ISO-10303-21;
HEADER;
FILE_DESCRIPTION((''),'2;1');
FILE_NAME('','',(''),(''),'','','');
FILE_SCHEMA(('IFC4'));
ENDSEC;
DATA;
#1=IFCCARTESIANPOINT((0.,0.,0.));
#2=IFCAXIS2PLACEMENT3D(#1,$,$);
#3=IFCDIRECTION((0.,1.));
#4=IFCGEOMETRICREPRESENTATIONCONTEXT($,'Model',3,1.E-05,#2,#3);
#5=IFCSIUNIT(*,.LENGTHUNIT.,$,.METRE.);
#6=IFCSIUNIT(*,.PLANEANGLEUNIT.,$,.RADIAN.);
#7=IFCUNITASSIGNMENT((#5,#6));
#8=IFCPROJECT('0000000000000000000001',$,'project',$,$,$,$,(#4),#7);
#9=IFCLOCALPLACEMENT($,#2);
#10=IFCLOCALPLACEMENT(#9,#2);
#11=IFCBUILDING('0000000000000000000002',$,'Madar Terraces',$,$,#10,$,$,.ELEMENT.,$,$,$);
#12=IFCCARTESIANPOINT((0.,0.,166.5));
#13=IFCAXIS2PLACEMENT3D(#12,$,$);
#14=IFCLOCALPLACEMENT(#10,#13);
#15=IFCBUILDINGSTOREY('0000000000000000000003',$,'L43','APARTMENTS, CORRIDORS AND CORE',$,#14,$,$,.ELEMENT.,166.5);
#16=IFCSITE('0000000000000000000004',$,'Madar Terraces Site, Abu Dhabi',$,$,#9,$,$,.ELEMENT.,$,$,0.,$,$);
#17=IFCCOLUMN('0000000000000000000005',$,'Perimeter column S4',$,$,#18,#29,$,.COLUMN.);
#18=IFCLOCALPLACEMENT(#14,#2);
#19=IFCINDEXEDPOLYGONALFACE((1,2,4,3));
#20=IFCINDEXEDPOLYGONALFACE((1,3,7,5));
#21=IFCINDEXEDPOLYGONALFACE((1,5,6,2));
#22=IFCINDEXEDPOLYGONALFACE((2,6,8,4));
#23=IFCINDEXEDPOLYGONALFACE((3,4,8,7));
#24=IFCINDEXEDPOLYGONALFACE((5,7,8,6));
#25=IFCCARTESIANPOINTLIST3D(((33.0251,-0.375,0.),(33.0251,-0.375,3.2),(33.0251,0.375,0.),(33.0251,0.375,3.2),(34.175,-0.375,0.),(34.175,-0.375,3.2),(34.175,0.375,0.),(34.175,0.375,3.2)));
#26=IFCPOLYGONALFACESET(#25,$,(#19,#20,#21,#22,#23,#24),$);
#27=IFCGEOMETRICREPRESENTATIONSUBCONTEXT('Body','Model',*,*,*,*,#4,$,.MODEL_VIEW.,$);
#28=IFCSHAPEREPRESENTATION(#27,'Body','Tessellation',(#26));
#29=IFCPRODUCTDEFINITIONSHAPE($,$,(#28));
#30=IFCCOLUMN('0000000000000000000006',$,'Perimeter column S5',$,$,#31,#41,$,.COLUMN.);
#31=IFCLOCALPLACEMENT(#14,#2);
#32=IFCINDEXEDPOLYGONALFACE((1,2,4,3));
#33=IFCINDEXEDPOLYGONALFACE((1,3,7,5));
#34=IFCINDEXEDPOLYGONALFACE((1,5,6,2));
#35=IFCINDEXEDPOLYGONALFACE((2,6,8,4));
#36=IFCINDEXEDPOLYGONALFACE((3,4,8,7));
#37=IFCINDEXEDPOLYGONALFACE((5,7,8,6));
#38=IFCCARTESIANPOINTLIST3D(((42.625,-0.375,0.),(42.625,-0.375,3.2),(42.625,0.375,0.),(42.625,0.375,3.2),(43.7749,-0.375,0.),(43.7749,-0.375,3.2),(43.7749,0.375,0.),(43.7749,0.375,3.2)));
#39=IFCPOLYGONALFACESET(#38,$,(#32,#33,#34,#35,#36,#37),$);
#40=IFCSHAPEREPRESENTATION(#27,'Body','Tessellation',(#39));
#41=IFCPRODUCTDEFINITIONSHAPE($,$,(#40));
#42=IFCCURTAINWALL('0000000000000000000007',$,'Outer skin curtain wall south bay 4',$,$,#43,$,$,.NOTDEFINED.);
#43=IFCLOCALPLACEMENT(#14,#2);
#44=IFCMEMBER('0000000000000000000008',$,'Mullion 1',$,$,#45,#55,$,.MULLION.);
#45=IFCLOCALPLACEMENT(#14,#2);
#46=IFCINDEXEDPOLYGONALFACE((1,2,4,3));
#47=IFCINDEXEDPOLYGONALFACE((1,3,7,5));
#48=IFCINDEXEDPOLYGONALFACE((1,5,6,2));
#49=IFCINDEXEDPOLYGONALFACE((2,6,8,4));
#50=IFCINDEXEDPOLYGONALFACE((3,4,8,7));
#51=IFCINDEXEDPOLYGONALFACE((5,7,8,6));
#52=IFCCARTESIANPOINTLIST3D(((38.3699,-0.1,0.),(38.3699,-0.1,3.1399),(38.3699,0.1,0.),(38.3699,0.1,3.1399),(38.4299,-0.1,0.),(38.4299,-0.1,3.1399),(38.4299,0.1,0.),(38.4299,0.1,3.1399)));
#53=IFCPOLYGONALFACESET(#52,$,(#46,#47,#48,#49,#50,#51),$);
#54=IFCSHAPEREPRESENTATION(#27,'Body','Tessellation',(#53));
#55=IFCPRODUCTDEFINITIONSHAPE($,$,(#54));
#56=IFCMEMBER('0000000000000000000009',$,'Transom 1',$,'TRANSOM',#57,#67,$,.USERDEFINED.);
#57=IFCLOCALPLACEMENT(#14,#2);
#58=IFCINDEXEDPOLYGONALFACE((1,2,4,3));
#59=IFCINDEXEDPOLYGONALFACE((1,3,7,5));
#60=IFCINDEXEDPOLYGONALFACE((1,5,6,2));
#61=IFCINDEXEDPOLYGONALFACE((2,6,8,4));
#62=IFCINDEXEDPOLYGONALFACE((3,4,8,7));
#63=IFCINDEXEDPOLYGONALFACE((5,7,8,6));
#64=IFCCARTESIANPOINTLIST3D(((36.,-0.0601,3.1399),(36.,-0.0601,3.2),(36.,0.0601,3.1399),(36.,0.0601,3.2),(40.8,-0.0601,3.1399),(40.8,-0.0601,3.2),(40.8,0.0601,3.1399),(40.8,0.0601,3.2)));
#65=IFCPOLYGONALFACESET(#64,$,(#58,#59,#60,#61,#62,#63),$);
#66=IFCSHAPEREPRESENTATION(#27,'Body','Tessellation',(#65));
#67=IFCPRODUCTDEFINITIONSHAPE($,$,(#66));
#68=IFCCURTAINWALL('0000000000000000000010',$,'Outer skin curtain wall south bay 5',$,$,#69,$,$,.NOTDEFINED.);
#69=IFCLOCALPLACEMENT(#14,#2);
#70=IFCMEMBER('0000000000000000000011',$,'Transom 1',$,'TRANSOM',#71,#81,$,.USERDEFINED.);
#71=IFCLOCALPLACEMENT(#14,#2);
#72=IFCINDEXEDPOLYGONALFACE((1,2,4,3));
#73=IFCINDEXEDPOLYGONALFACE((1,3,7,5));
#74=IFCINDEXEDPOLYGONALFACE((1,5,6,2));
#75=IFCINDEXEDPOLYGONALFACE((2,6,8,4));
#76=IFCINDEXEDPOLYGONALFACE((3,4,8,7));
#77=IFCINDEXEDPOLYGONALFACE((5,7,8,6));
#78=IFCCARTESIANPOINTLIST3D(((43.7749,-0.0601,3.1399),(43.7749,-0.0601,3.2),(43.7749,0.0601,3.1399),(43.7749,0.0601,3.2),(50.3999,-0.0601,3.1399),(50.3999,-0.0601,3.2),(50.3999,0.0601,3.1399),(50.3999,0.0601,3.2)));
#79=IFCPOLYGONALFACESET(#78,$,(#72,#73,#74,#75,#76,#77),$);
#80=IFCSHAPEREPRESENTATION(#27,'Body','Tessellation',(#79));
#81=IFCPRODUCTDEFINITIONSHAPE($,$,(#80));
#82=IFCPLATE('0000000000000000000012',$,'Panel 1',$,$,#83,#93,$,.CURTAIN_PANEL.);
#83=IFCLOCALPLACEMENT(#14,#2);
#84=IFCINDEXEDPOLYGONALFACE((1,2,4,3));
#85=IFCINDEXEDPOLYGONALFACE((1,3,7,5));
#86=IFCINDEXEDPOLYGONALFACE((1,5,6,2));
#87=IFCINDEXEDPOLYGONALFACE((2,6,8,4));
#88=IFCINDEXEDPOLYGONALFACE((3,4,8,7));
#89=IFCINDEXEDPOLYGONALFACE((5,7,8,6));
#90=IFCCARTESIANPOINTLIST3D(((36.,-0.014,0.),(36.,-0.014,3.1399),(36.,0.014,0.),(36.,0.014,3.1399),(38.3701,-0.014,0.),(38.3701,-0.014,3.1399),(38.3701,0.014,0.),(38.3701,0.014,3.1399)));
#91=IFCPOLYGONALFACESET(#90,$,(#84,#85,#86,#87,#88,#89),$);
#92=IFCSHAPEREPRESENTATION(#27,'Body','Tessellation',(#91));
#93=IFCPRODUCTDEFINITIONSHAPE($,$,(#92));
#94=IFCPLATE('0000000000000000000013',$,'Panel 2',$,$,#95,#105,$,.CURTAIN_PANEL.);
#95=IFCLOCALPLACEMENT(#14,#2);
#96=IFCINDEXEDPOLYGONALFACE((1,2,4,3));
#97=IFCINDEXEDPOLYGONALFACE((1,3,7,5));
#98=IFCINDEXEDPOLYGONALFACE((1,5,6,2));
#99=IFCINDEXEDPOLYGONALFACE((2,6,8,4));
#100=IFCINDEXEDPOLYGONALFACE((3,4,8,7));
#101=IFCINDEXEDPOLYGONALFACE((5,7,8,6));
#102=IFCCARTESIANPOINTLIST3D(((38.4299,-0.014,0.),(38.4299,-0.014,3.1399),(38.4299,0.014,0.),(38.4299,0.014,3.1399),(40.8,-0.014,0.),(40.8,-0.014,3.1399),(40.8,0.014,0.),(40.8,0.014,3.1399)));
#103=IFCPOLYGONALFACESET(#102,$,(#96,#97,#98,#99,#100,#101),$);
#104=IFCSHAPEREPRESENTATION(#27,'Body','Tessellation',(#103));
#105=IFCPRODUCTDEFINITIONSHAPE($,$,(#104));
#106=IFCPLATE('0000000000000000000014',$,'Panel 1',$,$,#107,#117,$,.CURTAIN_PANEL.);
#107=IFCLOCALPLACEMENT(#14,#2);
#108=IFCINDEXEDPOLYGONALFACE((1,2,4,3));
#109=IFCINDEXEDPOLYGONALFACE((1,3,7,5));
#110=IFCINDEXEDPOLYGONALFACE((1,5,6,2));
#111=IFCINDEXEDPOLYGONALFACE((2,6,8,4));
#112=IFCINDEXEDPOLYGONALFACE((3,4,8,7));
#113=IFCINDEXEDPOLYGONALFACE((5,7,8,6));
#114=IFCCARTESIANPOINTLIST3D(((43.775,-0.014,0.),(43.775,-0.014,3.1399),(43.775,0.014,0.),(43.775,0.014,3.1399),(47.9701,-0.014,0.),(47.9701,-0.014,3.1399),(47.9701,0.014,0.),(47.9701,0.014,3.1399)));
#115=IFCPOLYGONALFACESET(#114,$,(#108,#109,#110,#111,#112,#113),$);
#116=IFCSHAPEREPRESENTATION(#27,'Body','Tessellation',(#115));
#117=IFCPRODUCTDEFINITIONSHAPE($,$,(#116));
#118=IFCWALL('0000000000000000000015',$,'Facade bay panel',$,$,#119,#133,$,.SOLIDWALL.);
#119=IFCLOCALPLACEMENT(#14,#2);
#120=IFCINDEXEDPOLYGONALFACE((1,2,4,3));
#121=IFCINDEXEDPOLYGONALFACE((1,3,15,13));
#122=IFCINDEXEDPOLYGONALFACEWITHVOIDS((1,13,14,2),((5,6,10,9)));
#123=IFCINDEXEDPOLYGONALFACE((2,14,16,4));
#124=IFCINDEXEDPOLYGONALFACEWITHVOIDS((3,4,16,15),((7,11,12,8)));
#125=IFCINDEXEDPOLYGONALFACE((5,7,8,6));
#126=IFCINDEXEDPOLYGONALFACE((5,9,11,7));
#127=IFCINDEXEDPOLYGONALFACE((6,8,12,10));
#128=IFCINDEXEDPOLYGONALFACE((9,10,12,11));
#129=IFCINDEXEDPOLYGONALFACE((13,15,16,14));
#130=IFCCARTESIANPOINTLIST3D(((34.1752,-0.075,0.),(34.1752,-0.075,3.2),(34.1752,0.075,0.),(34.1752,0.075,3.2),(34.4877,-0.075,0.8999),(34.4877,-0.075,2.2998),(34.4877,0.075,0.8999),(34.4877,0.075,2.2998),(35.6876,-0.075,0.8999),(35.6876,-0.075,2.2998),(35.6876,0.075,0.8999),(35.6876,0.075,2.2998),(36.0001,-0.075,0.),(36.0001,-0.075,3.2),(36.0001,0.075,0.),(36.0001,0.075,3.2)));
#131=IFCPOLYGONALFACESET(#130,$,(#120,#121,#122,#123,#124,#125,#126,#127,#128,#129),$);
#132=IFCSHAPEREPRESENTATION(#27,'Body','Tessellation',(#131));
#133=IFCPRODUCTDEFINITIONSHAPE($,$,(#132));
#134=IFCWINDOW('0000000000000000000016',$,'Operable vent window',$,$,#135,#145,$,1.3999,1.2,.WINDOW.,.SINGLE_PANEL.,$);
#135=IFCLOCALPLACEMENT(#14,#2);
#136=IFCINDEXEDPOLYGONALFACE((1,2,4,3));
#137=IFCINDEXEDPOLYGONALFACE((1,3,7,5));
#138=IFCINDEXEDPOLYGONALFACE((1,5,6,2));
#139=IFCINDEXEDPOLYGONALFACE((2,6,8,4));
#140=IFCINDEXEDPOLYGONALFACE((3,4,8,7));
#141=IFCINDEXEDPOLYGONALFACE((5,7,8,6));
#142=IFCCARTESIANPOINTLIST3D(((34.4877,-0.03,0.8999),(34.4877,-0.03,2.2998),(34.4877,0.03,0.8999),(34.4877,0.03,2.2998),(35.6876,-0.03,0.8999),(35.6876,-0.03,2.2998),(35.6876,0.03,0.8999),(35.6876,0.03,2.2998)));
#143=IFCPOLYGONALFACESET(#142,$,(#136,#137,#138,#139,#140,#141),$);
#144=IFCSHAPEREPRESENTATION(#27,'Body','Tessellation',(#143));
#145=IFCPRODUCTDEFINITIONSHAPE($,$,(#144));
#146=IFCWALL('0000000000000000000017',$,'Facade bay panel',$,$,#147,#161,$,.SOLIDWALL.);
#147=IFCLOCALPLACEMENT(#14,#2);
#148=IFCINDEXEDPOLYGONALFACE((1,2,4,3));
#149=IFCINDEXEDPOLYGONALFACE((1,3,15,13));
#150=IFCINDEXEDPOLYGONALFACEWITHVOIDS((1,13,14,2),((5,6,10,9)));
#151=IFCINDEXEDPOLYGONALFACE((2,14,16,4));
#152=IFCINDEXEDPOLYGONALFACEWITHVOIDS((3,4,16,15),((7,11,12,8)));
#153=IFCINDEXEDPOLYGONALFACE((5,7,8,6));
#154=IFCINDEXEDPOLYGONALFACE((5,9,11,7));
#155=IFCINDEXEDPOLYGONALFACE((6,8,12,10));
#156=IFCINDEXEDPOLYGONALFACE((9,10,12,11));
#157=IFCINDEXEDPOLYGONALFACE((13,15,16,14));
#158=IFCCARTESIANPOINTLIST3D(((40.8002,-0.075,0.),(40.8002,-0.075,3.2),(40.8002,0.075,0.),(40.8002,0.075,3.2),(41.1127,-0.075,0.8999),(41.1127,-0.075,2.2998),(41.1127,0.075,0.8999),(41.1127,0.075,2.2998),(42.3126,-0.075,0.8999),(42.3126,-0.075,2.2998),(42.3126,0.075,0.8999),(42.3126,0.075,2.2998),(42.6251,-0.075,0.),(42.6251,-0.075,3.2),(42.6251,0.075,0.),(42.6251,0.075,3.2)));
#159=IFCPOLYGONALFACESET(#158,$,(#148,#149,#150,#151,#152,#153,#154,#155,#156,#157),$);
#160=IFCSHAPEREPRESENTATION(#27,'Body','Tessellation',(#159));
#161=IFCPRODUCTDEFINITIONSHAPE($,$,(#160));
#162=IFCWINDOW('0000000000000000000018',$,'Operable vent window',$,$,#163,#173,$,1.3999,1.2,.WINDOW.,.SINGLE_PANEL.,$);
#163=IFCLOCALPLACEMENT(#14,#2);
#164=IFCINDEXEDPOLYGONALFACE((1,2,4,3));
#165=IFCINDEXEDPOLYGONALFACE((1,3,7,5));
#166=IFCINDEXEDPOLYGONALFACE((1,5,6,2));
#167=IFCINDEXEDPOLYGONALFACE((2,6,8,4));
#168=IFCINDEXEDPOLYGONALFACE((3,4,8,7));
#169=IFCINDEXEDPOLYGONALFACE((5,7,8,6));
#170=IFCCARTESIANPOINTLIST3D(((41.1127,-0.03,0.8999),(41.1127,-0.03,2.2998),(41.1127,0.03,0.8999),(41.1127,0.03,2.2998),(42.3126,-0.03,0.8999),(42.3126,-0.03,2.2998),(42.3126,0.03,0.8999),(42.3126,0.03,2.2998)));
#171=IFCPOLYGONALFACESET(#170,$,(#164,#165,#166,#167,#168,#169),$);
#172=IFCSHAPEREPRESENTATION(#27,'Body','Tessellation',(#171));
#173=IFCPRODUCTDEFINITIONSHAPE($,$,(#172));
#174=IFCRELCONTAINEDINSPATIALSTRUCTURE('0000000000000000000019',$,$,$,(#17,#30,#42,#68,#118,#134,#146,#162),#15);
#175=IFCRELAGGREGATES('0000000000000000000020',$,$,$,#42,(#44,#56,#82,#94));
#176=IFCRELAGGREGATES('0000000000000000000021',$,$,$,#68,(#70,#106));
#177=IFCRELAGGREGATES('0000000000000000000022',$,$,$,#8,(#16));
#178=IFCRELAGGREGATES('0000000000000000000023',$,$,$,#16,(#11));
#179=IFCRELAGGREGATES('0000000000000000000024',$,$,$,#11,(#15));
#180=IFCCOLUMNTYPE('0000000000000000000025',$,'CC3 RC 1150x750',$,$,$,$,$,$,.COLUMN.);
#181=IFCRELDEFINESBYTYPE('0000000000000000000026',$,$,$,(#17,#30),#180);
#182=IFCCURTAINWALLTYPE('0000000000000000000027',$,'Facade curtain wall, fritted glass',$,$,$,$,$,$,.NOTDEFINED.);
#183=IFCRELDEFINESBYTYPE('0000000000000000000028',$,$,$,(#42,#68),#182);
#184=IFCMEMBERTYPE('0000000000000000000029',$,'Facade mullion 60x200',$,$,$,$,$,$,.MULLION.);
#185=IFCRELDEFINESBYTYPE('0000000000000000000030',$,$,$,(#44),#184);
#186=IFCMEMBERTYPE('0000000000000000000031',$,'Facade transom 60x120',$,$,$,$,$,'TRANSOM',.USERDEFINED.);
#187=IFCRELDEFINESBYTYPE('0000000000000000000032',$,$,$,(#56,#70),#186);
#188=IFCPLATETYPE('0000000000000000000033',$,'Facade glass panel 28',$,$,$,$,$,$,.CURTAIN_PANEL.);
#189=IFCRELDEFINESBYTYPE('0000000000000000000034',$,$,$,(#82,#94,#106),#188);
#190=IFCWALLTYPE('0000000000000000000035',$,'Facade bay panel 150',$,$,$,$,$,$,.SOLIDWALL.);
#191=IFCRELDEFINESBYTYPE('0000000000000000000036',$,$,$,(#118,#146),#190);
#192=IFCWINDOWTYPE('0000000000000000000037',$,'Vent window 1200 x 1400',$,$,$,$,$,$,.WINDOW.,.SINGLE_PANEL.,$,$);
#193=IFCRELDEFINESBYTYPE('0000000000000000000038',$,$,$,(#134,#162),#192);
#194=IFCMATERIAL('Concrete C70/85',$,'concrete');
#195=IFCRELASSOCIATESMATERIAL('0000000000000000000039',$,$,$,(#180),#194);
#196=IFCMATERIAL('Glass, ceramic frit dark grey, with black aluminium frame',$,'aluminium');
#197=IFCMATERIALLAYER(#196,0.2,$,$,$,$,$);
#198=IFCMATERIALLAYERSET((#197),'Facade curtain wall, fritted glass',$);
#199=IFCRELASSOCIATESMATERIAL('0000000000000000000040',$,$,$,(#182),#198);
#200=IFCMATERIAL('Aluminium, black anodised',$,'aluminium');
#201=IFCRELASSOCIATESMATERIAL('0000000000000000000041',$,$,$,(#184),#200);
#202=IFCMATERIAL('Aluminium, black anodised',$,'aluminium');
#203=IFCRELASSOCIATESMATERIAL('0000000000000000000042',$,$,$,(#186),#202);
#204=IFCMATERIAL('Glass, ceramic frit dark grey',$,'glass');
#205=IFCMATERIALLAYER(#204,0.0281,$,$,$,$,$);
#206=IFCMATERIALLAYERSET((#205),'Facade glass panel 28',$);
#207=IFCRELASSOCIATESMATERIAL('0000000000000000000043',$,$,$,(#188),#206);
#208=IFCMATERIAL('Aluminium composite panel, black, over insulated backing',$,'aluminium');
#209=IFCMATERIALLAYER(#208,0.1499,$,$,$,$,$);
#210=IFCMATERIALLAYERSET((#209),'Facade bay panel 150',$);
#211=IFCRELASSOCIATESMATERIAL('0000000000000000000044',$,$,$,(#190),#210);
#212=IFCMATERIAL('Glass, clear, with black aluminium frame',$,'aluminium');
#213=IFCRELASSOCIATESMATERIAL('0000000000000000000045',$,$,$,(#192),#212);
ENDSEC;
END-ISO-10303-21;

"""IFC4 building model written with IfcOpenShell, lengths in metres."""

from ifc_helpers import new_model, si_unit, direction, frame, frame_2d, origin, origin_2d, place, context, subcontext, project, spatial, rectangle, extrude, material, layer, layer_set, material_profile, profile_set, type_object, element, fill, aggregate, save


model = new_model("IFC4")

# Units and contexts
model_context = context("Model", 3, precision=1e-05, world=origin(), true_north=direction((0.0, 1.0)))
body_context = subcontext(model_context, "Body", "Model", "MODEL_VIEW")
ifc_project = project(units=[si_unit("LENGTHUNIT", "METRE"), si_unit("PLANEANGLEUNIT", "RADIAN")], contexts=[model_context])

# Site, building, storey
site_placement = place(None, origin())
site = spatial("IfcSite", under=ifc_project, at=site_placement, Name="Madar Terraces Site, Abu Dhabi", CompositionType="ELEMENT", RefElevation=0.0)
building_placement = place(site_placement, origin())
building = spatial("IfcBuilding", under=site, at=building_placement, Name="Madar Terraces", CompositionType="ELEMENT")
storey_placement = place(building_placement, frame((0.0, 0.0, 166.5)))
storey = spatial("IfcBuildingStorey", under=building, at=storey_placement, Name="L43", Description="APARTMENTS, CORRIDORS AND CORE", CompositionType="ELEMENT", Elevation=166.5)

# Columns
ifc_material_1 = material(Name="Concrete C70/85", Category="concrete")
ifc_material_profile_1 = material_profile(ifc_material_1, rectangle(XDim=1.1499, YDim=0.75, at=origin_2d()), Name="CC3 RC 1150x750")
ifc_profile_set_1 = profile_set([ifc_material_profile_1], Name="Concrete C70/85")
column_type = type_object("IfcColumnType", Name="CC3 RC 1150x750", PredefinedType="COLUMN", material=ifc_profile_set_1)
for number, where, z_axis, x_axis, name in (
    (1, (33.6001, 0.0, 0.0), (0.0, 0.0, 1.0), (1.0, 0.0, 0.0), "Perimeter column S4"),
    (2, (43.2, 0.0, 0.0), (0.0, 0.0, 1.0), (1.0, 0.0, 0.0), "Perimeter column S5"),
):
    element("IfcColumn", number, at=place(storey_placement, frame(where, z_axis=z_axis, x_axis=x_axis)), inside=storey, type_object=column_type, Name=name, PredefinedType="COLUMN", context=body_context, shape_type="SweptSolid", body=[
        extrude(rectangle(XDim=1.1499, YDim=0.75, at=origin_2d()), origin(), (0.0, 0.0, 1.0), 3.2),
    ])

# Curtain wall, members
ifc_material_2 = material(Name="Glass, ceramic frit dark grey, with black aluminium frame", Category="aluminium")
ifc_layer_1 = layer(ifc_material_2, 0.2)
ifc_layer_set_1 = layer_set([ifc_layer_1], Name="Facade curtain wall, fritted glass")
curtain_wall_type = type_object("IfcCurtainWallType", Name="Facade curtain wall, fritted glass", PredefinedType="NOTDEFINED", material=ifc_layer_set_1)
curtain_wall_1_placement = place(storey_placement, origin())
curtain_wall_1 = element("IfcCurtainWall", 3, at=curtain_wall_1_placement, inside=storey, type_object=curtain_wall_type, Name="Outer skin curtain wall south bay 4", PredefinedType="NOTDEFINED")
ifc_material_3 = material(Name="Aluminium, black anodised", Category="aluminium")
ifc_material_profile_2 = material_profile(ifc_material_3, rectangle(XDim=0.2, YDim=0.0601, at=origin_2d()), Name="Facade mullion 60x200")
ifc_profile_set_2 = profile_set([ifc_material_profile_2], Name="Aluminium, black anodised")
member_type_1 = type_object("IfcMemberType", Name="Facade mullion 60x200", PredefinedType="MULLION", material=ifc_profile_set_2)
member_1_placement = place(storey_placement, frame((38.3999, 0.0, 0.0), z_axis=(0.0, 0.0, 1.0), x_axis=(0.0, 1.0, 0.0)))
member_1 = element("IfcMember", 4, at=member_1_placement, type_object=member_type_1, Name="Mullion 1", PredefinedType="MULLION", context=body_context, shape_type="SweptSolid", body=[
    extrude(rectangle(XDim=0.2, YDim=0.0601, at=origin_2d()), origin(), (0.0, 0.0, 1.0), 3.1399),
])
ifc_material_4 = material(Name="Aluminium, black anodised", Category="aluminium")
ifc_material_profile_3 = material_profile(ifc_material_4, rectangle(XDim=0.1201, YDim=0.0601, at=origin_2d()), Name="Facade transom 60x120")
ifc_profile_set_3 = profile_set([ifc_material_profile_3], Name="Aluminium, black anodised")
member_type_2 = type_object("IfcMemberType", Name="Facade transom 60x120", ElementType="TRANSOM", PredefinedType="USERDEFINED", material=ifc_profile_set_3)
member_2_placement = place(storey_placement, frame((36.0, 0.0, 3.1699), z_axis=(1.0, 0.0, 0.0), x_axis=(0.0, 1.0, 0.0)))
member_2 = element("IfcMember", 5, at=member_2_placement, type_object=member_type_2, Name="Transom 1", ObjectType="TRANSOM", PredefinedType="USERDEFINED", context=body_context, shape_type="SweptSolid", body=[
    extrude(rectangle(XDim=0.1201, YDim=0.0601, at=origin_2d()), origin(), (0.0, 0.0, 1.0), 4.8),
])

# Curtain wall, member
curtain_wall_2_placement = place(storey_placement, origin())
curtain_wall_2 = element("IfcCurtainWall", 6, at=curtain_wall_2_placement, inside=storey, type_object=curtain_wall_type, Name="Outer skin curtain wall south bay 5", PredefinedType="NOTDEFINED")
member_3_placement = place(storey_placement, frame((43.7749, 0.0, 3.1699), z_axis=(1.0, 0.0, 0.0), x_axis=(0.0, 1.0, 0.0)))
member_3 = element("IfcMember", 7, at=member_3_placement, type_object=member_type_2, Name="Transom 1", ObjectType="TRANSOM", PredefinedType="USERDEFINED", context=body_context, shape_type="SweptSolid", body=[
    extrude(rectangle(XDim=0.1201, YDim=0.0601, at=origin_2d()), origin(), (0.0, 0.0, 1.0), 6.625),
])

# Plates
ifc_material_5 = material(Name="Glass, ceramic frit dark grey", Category="glass")
ifc_layer_2 = layer(ifc_material_5, 0.0281)
ifc_layer_set_2 = layer_set([ifc_layer_2], Name="Facade glass panel 28")
plate_type = type_object("IfcPlateType", Name="Facade glass panel 28", PredefinedType="CURTAIN_PANEL", material=ifc_layer_set_2)
plate_1_placement = place(storey_placement, frame((37.1851, 0.0, 0.0), z_axis=(0.0, 0.0, 1.0), x_axis=(1.0, 0.0, 0.0)))
plate_1 = element("IfcPlate", 8, at=plate_1_placement, type_object=plate_type, Name="Panel 1", PredefinedType="CURTAIN_PANEL", context=body_context, shape_type="SweptSolid", body=[
    extrude(rectangle(XDim=2.3701, YDim=0.0281, at=origin_2d()), origin(), (0.0, 0.0, 1.0), 3.1399),
])
plate_2_placement = place(storey_placement, frame((39.615, 0.0, 0.0), z_axis=(0.0, 0.0, 1.0), x_axis=(1.0, 0.0, 0.0)))
plate_2 = element("IfcPlate", 9, at=plate_2_placement, type_object=plate_type, Name="Panel 2", PredefinedType="CURTAIN_PANEL", context=body_context, shape_type="SweptSolid", body=[
    extrude(rectangle(XDim=2.3701, YDim=0.0281, at=origin_2d()), origin(), (0.0, 0.0, 1.0), 3.1399),
])
aggregate(curtain_wall_1, [member_1, member_2, plate_1, plate_2])
plate_3_placement = place(storey_placement, frame((45.8726, 0.0, 0.0), z_axis=(0.0, 0.0, 1.0), x_axis=(1.0, 0.0, 0.0)))
plate_3 = element("IfcPlate", 10, at=plate_3_placement, type_object=plate_type, Name="Panel 1", PredefinedType="CURTAIN_PANEL", context=body_context, shape_type="SweptSolid", body=[
    extrude(rectangle(XDim=4.1951, YDim=0.0281, at=origin_2d()), origin(), (0.0, 0.0, 1.0), 3.1399),
])
aggregate(curtain_wall_2, [member_3, plate_3])

# Walls, openings, windows
ifc_material_6 = material(Name="Aluminium composite panel, black, over insulated backing", Category="aluminium")
ifc_layer_3 = layer(ifc_material_6, 0.1499)
ifc_layer_set_3 = layer_set([ifc_layer_3], Name="Facade bay panel 150")
wall_type_1 = type_object("IfcWallType", Name="Facade bay panel 150", PredefinedType="SOLIDWALL", material=ifc_layer_set_3)
wall_1_placement = place(storey_placement, frame((34.175, 0.0, 0.0), z_axis=(0.0, 0.0, 1.0), x_axis=(1.0, 0.0, 0.0)))
wall_1 = element("IfcWall", 11, at=wall_1_placement, inside=storey, type_object=wall_type_1, Name="Facade bay panel", PredefinedType="SOLIDWALL", context=body_context, shape_type="SweptSolid", body=[
    extrude(rectangle(XDim=1.825, YDim=0.1499, at=frame_2d((0.9126, 0.0))), origin(), (0.0, 0.0, 1.0), 3.2),
])
opening_1_placement = place(wall_1_placement, frame((0.3125, 0.0, 0.8999)))
opening_1 = element("IfcOpeningElement", 12, at=opening_1_placement, cuts=wall_1, PredefinedType="OPENING", context=body_context, shape_type="SweptSolid", body=[
    extrude(rectangle(XDim=1.2, YDim=1.3999, at=frame_2d((0.6001, 0.7))), frame((0.0, 0.085, 0.0), z_axis=(0.0, -1.0, 0.0), x_axis=(1.0, 0.0, 0.0)), (0.0, 0.0, 1.0), 0.1699),
])
ifc_material_7 = material(Name="Glass, clear, with black aluminium frame", Category="aluminium")
window_type = type_object("IfcWindowType", Name="Vent window 1200 x 1400", PartitioningType="SINGLE_PANEL", PredefinedType="WINDOW", material=ifc_material_7)
window_1_placement = place(opening_1_placement, origin())
window_1 = element("IfcWindow", 13, at=window_1_placement, inside=storey, type_object=window_type, Name="Operable vent window", OverallHeight=1.3999, OverallWidth=1.2, PartitioningType="SINGLE_PANEL", PredefinedType="WINDOW", context=body_context, shape_type="SweptSolid", body=[
    extrude(rectangle(XDim=1.2, YDim=1.3999, at=frame_2d((0.6001, 0.7))), frame((0.0, 0.03, 0.0), z_axis=(0.0, -1.0, 0.0), x_axis=(1.0, 0.0, 0.0)), (0.0, 0.0, 1.0), 0.0601),
])
fill(opening_1, window_1)
wall_2_placement = place(storey_placement, frame((40.8, 0.0, 0.0), z_axis=(0.0, 0.0, 1.0), x_axis=(1.0, 0.0, 0.0)))
wall_2 = element("IfcWall", 14, at=wall_2_placement, inside=storey, type_object=wall_type_1, Name="Facade bay panel", PredefinedType="SOLIDWALL", context=body_context, shape_type="SweptSolid", body=[
    extrude(rectangle(XDim=1.825, YDim=0.1499, at=frame_2d((0.9126, 0.0))), origin(), (0.0, 0.0, 1.0), 3.2),
])
opening_2_placement = place(wall_2_placement, frame((0.3125, 0.0, 0.8999)))
opening_2 = element("IfcOpeningElement", 15, at=opening_2_placement, cuts=wall_2, PredefinedType="OPENING", context=body_context, shape_type="SweptSolid", body=[
    extrude(rectangle(XDim=1.2, YDim=1.3999, at=frame_2d((0.6001, 0.7))), frame((0.0, 0.085, 0.0), z_axis=(0.0, -1.0, 0.0), x_axis=(1.0, 0.0, 0.0)), (0.0, 0.0, 1.0), 0.1699),
])
window_2_placement = place(opening_2_placement, origin())
window_2 = element("IfcWindow", 16, at=window_2_placement, inside=storey, type_object=window_type, Name="Operable vent window", OverallHeight=1.3999, OverallWidth=1.2, PartitioningType="SINGLE_PANEL", PredefinedType="WINDOW", context=body_context, shape_type="SweptSolid", body=[
    extrude(rectangle(XDim=1.2, YDim=1.3999, at=frame_2d((0.6001, 0.7))), frame((0.0, 0.03, 0.0), z_axis=(0.0, -1.0, 0.0), x_axis=(1.0, 0.0, 0.0)), (0.0, 0.0, 1.0), 0.0601),
])
fill(opening_2, window_2)

save(model, "model.ifc")
